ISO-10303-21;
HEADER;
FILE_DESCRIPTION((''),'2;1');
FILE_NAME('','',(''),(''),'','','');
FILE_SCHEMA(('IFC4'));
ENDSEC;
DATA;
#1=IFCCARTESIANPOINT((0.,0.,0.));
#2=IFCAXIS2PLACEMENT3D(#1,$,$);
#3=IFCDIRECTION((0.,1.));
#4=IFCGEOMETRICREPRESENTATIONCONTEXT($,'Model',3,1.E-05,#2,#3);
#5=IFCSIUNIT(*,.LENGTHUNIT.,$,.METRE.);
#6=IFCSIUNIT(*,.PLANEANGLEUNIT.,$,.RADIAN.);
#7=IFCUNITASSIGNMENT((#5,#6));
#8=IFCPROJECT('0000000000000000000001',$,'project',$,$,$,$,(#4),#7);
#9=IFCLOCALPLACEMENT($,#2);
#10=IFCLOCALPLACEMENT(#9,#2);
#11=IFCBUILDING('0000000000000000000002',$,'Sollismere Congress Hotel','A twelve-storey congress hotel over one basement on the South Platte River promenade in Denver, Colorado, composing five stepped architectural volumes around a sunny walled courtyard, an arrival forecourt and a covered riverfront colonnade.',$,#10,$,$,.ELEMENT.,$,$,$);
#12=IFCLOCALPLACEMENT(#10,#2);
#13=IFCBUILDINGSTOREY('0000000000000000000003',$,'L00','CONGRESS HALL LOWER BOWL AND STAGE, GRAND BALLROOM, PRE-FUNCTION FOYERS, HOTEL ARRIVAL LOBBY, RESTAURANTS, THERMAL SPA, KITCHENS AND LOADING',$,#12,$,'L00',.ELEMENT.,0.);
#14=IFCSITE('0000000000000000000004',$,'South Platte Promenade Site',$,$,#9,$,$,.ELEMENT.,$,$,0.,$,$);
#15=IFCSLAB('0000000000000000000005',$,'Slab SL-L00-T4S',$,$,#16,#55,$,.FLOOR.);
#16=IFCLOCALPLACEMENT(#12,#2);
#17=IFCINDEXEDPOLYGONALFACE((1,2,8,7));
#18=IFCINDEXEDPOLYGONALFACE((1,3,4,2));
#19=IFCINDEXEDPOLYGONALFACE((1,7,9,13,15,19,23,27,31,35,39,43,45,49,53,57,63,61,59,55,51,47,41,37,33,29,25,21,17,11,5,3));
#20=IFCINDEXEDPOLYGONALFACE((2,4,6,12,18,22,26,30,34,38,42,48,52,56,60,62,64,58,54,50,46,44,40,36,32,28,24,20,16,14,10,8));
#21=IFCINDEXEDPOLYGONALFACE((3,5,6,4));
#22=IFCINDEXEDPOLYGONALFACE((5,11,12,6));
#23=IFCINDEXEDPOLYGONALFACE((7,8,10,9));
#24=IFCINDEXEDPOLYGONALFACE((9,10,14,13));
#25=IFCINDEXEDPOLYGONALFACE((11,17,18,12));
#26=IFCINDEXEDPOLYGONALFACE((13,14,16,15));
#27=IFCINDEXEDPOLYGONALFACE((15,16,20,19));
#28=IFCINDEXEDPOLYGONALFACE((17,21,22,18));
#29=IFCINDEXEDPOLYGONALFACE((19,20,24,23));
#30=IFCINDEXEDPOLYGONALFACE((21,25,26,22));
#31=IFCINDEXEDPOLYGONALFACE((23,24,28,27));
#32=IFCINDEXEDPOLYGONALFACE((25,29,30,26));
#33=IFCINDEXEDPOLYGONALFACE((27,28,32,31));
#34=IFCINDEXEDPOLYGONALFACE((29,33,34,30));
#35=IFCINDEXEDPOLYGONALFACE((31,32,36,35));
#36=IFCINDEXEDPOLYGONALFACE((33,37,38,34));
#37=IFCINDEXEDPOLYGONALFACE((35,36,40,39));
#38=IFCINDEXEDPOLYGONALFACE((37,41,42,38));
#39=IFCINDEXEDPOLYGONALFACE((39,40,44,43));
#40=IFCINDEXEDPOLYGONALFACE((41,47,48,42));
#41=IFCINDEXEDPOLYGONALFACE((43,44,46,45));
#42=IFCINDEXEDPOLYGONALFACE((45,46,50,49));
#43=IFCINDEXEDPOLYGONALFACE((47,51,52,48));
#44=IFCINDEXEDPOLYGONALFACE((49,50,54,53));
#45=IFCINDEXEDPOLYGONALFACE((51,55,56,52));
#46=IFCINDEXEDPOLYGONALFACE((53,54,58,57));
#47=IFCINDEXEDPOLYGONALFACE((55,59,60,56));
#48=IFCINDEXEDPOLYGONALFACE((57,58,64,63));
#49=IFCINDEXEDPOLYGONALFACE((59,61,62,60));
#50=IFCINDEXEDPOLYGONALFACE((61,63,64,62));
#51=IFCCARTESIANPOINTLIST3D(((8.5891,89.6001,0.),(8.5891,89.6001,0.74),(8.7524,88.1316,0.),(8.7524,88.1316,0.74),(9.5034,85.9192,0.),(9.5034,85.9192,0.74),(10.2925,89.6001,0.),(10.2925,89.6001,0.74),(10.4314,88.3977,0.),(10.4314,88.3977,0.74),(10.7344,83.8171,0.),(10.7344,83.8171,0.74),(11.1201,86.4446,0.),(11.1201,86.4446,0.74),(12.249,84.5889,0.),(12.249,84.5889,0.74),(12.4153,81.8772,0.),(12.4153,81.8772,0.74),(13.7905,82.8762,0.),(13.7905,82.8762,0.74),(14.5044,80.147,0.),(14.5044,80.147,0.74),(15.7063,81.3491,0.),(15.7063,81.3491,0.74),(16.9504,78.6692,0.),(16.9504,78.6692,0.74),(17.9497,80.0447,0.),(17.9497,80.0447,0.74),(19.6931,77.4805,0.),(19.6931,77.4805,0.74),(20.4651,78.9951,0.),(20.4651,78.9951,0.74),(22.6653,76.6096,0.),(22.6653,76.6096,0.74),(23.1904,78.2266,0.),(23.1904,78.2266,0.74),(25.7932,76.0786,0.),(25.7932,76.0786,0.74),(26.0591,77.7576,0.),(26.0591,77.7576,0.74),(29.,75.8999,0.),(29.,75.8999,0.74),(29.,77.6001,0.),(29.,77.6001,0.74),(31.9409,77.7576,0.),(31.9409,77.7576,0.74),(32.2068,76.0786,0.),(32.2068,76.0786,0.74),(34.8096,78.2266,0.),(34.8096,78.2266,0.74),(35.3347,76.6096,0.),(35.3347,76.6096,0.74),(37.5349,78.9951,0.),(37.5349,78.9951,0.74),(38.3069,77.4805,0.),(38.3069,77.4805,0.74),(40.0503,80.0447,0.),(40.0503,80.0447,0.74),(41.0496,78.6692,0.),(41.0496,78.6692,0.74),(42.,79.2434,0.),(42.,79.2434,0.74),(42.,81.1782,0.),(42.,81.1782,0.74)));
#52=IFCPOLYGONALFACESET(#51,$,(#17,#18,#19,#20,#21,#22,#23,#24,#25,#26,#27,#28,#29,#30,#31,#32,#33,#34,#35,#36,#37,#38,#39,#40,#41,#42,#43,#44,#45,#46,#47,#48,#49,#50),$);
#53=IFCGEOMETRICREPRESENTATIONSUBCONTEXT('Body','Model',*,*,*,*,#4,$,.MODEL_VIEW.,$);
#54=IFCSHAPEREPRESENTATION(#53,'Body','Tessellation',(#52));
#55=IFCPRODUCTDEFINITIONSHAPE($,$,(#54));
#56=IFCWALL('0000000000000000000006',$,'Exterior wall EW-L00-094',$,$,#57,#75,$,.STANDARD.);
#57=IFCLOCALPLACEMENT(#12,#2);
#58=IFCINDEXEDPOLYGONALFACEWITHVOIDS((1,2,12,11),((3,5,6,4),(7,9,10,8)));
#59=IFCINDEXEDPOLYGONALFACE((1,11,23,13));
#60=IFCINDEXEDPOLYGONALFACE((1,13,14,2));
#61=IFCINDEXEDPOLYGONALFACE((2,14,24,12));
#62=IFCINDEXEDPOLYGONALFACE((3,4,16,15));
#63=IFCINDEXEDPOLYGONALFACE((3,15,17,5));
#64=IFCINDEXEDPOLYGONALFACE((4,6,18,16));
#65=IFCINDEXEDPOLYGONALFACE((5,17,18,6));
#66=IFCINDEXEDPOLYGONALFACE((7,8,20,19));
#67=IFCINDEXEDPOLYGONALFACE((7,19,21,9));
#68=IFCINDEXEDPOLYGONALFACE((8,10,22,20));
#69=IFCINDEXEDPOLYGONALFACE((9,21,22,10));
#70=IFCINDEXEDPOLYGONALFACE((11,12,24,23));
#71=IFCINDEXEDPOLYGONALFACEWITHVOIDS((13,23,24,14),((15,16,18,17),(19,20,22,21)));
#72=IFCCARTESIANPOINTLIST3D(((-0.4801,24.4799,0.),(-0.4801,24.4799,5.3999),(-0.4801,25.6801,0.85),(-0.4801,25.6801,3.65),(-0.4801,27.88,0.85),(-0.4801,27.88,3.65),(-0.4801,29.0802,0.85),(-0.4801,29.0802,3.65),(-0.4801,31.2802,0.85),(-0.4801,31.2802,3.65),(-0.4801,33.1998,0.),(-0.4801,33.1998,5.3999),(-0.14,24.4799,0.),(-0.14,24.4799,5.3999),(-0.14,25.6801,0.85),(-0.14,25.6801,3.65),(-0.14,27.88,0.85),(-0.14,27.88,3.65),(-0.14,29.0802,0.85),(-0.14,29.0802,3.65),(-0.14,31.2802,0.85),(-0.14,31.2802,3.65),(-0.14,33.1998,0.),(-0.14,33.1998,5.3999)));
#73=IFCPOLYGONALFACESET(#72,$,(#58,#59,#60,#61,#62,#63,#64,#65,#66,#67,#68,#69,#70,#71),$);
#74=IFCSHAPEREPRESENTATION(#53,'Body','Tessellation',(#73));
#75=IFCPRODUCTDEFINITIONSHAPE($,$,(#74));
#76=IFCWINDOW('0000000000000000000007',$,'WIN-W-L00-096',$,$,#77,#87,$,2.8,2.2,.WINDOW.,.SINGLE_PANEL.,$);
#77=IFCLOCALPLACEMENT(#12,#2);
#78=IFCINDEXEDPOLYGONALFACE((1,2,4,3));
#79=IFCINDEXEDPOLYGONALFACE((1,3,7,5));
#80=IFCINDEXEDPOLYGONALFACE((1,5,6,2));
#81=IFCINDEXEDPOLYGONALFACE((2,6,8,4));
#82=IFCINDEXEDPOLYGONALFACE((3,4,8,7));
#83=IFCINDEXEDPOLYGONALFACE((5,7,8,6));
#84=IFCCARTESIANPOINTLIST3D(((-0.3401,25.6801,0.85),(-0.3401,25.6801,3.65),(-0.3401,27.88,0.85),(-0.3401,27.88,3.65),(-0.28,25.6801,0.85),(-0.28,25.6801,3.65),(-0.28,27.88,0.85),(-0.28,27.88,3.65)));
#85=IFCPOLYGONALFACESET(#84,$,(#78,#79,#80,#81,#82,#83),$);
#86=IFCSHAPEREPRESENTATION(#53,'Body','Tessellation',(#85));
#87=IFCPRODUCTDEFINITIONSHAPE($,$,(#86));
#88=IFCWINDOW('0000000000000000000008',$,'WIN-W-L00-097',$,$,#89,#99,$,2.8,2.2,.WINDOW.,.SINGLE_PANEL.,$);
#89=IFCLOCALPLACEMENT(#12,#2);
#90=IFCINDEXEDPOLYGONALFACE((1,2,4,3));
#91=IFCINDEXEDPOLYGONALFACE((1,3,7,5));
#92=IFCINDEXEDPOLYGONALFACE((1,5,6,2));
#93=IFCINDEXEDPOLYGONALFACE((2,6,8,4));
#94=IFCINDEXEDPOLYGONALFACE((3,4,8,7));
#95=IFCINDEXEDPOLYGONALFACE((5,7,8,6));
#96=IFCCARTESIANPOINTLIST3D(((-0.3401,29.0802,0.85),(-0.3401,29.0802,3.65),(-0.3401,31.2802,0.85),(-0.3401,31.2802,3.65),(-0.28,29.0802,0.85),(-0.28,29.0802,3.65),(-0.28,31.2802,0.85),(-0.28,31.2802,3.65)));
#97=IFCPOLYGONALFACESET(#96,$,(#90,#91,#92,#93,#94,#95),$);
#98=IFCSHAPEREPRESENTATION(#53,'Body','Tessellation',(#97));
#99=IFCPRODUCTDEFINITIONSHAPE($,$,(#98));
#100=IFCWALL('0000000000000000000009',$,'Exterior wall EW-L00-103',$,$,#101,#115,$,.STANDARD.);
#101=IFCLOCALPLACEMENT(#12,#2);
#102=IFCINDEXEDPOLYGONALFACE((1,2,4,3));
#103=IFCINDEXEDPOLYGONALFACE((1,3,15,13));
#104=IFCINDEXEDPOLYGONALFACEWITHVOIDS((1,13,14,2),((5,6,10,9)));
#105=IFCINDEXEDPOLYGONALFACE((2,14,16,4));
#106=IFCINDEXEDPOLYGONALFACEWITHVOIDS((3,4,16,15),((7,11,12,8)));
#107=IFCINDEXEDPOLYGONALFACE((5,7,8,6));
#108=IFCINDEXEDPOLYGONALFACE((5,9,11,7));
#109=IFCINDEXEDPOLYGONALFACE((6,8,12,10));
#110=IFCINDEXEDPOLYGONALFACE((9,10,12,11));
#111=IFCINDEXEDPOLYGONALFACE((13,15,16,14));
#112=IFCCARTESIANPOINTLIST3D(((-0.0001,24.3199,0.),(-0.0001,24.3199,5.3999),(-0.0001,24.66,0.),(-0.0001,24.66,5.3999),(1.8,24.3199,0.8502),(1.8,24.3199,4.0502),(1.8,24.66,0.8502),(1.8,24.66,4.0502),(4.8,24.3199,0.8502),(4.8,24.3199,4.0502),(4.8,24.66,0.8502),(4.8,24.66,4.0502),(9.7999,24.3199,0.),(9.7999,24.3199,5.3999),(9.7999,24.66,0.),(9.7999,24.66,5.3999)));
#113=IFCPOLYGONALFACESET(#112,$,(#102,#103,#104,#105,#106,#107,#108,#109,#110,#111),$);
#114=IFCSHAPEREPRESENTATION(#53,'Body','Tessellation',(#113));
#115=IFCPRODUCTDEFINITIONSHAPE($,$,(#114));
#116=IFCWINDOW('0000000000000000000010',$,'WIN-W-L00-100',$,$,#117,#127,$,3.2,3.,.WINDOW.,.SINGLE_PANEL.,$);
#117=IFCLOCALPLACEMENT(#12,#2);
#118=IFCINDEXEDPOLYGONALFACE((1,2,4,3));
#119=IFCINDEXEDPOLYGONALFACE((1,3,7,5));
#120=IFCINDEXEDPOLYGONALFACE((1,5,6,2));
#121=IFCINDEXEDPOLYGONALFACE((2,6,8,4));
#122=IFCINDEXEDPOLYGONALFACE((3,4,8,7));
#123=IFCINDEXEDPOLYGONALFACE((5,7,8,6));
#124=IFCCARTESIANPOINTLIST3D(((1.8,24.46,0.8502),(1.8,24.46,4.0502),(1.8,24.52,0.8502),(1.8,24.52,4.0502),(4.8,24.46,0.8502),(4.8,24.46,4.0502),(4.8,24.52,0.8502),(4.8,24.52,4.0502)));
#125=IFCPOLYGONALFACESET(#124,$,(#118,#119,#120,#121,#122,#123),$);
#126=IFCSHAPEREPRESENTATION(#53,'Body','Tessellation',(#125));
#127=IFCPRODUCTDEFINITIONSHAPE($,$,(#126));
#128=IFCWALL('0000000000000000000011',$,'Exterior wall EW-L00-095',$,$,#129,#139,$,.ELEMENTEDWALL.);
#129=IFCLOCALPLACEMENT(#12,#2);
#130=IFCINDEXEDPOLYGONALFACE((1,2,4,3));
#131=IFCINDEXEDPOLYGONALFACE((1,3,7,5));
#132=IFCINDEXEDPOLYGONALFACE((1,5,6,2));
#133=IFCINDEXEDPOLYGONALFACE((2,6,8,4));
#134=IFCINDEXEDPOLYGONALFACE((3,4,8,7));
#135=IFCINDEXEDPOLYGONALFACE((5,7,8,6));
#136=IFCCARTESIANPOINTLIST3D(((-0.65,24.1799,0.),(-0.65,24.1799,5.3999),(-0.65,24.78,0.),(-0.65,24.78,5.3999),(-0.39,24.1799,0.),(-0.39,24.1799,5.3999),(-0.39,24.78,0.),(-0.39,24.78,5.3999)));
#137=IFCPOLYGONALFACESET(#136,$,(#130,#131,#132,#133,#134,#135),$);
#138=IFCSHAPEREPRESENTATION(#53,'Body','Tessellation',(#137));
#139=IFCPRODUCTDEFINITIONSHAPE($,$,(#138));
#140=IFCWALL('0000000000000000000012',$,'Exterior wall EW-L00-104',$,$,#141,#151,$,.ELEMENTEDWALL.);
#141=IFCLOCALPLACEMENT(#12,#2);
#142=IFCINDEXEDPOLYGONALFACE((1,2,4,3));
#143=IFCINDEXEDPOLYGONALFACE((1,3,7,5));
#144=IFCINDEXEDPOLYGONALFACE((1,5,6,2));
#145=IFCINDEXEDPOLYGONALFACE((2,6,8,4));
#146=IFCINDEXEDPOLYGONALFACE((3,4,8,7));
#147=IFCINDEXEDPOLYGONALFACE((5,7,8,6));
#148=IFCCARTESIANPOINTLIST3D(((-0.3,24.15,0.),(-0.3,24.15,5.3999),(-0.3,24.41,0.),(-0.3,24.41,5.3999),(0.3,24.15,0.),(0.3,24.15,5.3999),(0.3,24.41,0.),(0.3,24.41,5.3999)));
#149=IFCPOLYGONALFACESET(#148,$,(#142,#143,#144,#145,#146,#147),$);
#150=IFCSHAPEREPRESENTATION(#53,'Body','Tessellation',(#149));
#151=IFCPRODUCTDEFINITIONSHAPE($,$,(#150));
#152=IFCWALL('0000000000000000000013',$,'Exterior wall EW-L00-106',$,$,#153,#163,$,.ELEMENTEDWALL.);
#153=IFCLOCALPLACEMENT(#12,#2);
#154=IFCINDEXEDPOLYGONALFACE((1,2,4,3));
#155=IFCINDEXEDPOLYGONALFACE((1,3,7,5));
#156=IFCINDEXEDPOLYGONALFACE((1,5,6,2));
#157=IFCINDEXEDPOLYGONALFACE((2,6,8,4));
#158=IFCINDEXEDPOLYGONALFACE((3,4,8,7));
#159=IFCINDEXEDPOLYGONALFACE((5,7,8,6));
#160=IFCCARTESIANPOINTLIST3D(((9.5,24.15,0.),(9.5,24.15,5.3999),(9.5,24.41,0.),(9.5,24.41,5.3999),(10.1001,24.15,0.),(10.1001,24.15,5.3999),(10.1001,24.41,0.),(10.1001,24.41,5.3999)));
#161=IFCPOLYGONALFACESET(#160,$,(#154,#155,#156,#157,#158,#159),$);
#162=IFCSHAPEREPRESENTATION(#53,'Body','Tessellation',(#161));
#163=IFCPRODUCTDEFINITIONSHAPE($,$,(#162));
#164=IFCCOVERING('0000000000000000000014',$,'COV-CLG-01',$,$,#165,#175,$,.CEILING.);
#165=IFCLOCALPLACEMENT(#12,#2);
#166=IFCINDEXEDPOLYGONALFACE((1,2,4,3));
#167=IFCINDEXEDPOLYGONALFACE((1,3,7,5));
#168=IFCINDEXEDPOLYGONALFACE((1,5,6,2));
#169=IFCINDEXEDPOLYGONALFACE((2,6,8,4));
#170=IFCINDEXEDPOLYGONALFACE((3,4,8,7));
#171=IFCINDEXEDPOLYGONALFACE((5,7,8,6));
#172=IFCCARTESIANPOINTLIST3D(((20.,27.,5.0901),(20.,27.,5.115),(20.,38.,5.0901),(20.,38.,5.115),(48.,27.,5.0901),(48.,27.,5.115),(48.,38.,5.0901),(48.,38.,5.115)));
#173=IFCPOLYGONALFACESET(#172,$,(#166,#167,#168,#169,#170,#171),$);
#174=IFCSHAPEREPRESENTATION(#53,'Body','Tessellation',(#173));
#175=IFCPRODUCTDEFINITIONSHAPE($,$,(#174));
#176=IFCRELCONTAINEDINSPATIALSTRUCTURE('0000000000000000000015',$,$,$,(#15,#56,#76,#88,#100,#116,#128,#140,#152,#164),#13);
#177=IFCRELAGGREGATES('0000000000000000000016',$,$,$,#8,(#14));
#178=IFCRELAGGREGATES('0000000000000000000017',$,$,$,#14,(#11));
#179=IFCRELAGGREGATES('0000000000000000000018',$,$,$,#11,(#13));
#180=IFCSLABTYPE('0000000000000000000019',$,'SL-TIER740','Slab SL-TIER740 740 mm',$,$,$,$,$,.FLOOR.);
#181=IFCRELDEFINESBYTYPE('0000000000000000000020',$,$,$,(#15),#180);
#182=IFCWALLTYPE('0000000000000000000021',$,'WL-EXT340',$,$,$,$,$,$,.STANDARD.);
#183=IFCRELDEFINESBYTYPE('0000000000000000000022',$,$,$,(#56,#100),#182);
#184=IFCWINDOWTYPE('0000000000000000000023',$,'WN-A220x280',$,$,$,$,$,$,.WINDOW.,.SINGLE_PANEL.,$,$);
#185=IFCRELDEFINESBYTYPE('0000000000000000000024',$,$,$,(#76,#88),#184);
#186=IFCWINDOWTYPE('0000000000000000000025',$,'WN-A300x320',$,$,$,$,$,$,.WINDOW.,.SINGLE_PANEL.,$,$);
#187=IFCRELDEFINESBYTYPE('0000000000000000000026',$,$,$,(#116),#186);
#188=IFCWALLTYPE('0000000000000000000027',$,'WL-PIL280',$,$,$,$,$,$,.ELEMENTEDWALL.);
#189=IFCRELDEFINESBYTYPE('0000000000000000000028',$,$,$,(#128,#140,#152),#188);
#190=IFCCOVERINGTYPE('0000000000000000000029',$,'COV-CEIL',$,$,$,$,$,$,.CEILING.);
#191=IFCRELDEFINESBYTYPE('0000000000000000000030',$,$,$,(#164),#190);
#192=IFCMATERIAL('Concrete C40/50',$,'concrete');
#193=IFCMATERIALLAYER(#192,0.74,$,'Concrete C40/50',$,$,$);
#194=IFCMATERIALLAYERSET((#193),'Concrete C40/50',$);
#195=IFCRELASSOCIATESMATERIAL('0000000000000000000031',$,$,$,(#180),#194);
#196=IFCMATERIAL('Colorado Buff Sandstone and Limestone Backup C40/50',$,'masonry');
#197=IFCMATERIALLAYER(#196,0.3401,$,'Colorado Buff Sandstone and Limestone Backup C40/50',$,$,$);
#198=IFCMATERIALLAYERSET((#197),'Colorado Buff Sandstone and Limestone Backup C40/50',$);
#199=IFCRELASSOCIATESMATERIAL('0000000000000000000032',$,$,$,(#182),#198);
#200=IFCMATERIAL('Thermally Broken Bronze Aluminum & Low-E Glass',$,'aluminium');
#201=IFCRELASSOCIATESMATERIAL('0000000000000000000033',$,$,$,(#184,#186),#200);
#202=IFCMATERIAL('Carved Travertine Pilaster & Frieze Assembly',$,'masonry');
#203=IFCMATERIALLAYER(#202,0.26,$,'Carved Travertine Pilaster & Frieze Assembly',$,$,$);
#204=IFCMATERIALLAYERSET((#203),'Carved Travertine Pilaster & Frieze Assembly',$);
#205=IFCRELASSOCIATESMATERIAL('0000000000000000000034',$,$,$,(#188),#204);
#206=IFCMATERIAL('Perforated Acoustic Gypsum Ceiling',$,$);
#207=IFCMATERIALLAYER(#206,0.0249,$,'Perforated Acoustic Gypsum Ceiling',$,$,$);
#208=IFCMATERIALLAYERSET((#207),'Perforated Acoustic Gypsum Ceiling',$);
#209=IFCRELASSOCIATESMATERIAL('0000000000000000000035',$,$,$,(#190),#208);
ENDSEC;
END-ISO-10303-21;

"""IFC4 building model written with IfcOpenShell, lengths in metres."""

from ifc_helpers import new_model, si_unit, direction, frame, frame_2d, origin, place, context, subcontext, project, spatial, polyline, rectangle, outline, extrude, material, layer, layer_set, type_object, element, fill, save


model = new_model("IFC4")

# Units and contexts
model_context = context("Model", 3, precision=1e-05, world=origin(), true_north=direction((0.0, 1.0)))
body_context = subcontext(model_context, "Body", "Model", "MODEL_VIEW")
ifc_project = project(units=[si_unit("LENGTHUNIT", "METRE"), si_unit("PLANEANGLEUNIT", "RADIAN")], contexts=[model_context])

# Site, building, storey
site_placement = place(None, origin())
site = spatial("IfcSite", under=ifc_project, at=site_placement, Name="South Platte Promenade Site", CompositionType="ELEMENT", RefElevation=0.0)
building_placement = place(site_placement, origin())
building = spatial("IfcBuilding", under=site, at=building_placement, Name="Sollismere Congress Hotel", Description="A twelve-storey congress hotel over one basement on the South Platte River promenade in Denver, Colorado, composing five stepped architectural volumes around a sunny walled courtyard, an arrival forecourt and a covered riverfront colonnade.", CompositionType="ELEMENT")
storey_placement = place(building_placement, origin())
storey = spatial("IfcBuildingStorey", under=building, at=storey_placement, Name="L00", Description="CONGRESS HALL LOWER BOWL AND STAGE, GRAND BALLROOM, PRE-FUNCTION FOYERS, HOTEL ARRIVAL LOBBY, RESTAURANTS, THERMAL SPA, KITCHENS AND LOADING", LongName="L00", CompositionType="ELEMENT", Elevation=0.0)

# Shared definitions
ifc_material_1 = material(Name="Concrete C40/50", Category="concrete")

# Slab
ifc_layer_1 = layer(ifc_material_1, 0.74, Name="Concrete C40/50")
ifc_layer_set_1 = layer_set([ifc_layer_1], Name="Concrete C40/50")
slab_type_1 = type_object("IfcSlabType", Name="SL-TIER740", Description="Slab SL-TIER740 740 mm", PredefinedType="FLOOR", material=ifc_layer_set_1)
slab_1_placement = place(storey_placement, origin())
element("IfcSlab", 1, at=slab_1_placement, inside=storey, type_object=slab_type_1, Name="Slab SL-L00-T4S", PredefinedType="FLOOR", context=body_context, shape_type="SweptSolid", body=[
    extrude(outline(polyline([(42.0, 79.2434), (42.0, 81.1782), (40.0503, 80.0447), (37.5349, 78.9951), (34.8096, 78.2266), (31.9409, 77.7576), (29.0, 77.6001), (26.0591, 77.7576), (23.1904, 78.2266), (20.4651, 78.9951), (17.9497, 80.0447), (15.7063, 81.3491), (13.7905, 82.8762), (12.249, 84.5889), (11.1201, 86.4446), (10.4314, 88.3977), (10.2925, 89.6001), (8.5891, 89.6001), (8.7524, 88.1316), (9.5034, 85.9192), (10.7344, 83.8171), (12.4153, 81.8772), (14.5044, 80.147), (16.9504, 78.6692), (19.6931, 77.4805), (22.6653, 76.6096), (25.7932, 76.0786), (29.0, 75.8999), (32.2068, 76.0786), (35.3347, 76.6096), (38.3069, 77.4805), (41.0496, 78.6692), (42.0, 79.2434)])), origin(), (0.0, 0.0, 1.0), 0.74),
])

# Wall, openings, windows
ifc_material_2 = material(Name="Colorado Buff Sandstone and Limestone Backup C40/50", Category="masonry")
ifc_layer_2 = layer(ifc_material_2, 0.3401, Name="Colorado Buff Sandstone and Limestone Backup C40/50")
ifc_layer_set_2 = layer_set([ifc_layer_2], Name="Colorado Buff Sandstone and Limestone Backup C40/50")
wall_type_1 = type_object("IfcWallType", Name="WL-EXT340", PredefinedType="STANDARD", material=ifc_layer_set_2)
wall_1_placement = place(storey_placement, frame((-0.3101, 24.48, 0.0), z_axis=(0.0, 0.0, 1.0), x_axis=(0.0, 1.0, 0.0)))
wall_1 = element("IfcWall", 2, at=wall_1_placement, inside=storey, type_object=wall_type_1, Name="Exterior wall EW-L00-094", PredefinedType="STANDARD", context=body_context, shape_type="SweptSolid", body=[
    extrude(rectangle(XDim=8.72, YDim=0.3401, at=frame_2d((4.3599, 0.0))), origin(), (0.0, 0.0, 1.0), 5.3999),
])
opening_1_placement = place(wall_1_placement, frame((1.2, 0.0, 0.8501)))
opening_1 = element("IfcOpeningElement", 3, at=opening_1_placement, cuts=wall_1, PredefinedType="OPENING", context=body_context, shape_type="SweptSolid", body=[
    extrude(rectangle(XDim=2.2, YDim=2.8, at=frame_2d((1.1001, 1.3999))), frame((0.0, 0.1799, 0.0), z_axis=(0.0, -1.0, 0.0), x_axis=(1.0, 0.0, 0.0)), (0.0, 0.0, 1.0), 0.3601),
])
opening_2_placement = place(wall_1_placement, frame((4.6001, 0.0, 0.8501)))
opening_2 = element("IfcOpeningElement", 4, at=opening_2_placement, cuts=wall_1, PredefinedType="OPENING", context=body_context, shape_type="SweptSolid", body=[
    extrude(rectangle(XDim=2.2, YDim=2.8, at=frame_2d((1.1001, 1.3999))), frame((0.0, 0.1799, 0.0), z_axis=(0.0, -1.0, 0.0), x_axis=(1.0, 0.0, 0.0)), (0.0, 0.0, 1.0), 0.3601),
])
ifc_material_3 = material(Name="Thermally Broken Bronze Aluminum & Low-E Glass", Category="aluminium")
window_type_1 = type_object("IfcWindowType", Name="WN-A220x280", PartitioningType="SINGLE_PANEL", PredefinedType="WINDOW", material=ifc_material_3)
window_1_placement = place(opening_1_placement, origin())
window_1 = element("IfcWindow", 5, at=window_1_placement, inside=storey, type_object=window_type_1, Name="WIN-W-L00-096", OverallHeight=2.8, OverallWidth=2.2, PartitioningType="SINGLE_PANEL", PredefinedType="WINDOW", context=body_context, shape_type="SweptSolid", body=[
    extrude(rectangle(XDim=2.2, YDim=2.8, at=frame_2d((1.1001, 1.3999))), frame((0.0, 0.03, 0.0), z_axis=(0.0, -1.0, 0.0), x_axis=(1.0, 0.0, 0.0)), (0.0, 0.0, 1.0), 0.0601),
])
fill(opening_1, window_1)
window_2_placement = place(opening_2_placement, origin())
window_2 = element("IfcWindow", 6, at=window_2_placement, inside=storey, type_object=window_type_1, Name="WIN-W-L00-097", OverallHeight=2.8, OverallWidth=2.2, PartitioningType="SINGLE_PANEL", PredefinedType="WINDOW", context=body_context, shape_type="SweptSolid", body=[
    extrude(rectangle(XDim=2.2, YDim=2.8, at=frame_2d((1.1001, 1.3999))), frame((0.0, 0.03, 0.0), z_axis=(0.0, -1.0, 0.0), x_axis=(1.0, 0.0, 0.0)), (0.0, 0.0, 1.0), 0.0601),
])
fill(opening_2, window_2)

# Wall, opening, window
wall_2_placement = place(storey_placement, frame((0.0, 24.49, 0.0), z_axis=(0.0, 0.0, 1.0), x_axis=(1.0, 0.0, 0.0)))
wall_2 = element("IfcWall", 7, at=wall_2_placement, inside=storey, type_object=wall_type_1, Name="Exterior wall EW-L00-103", PredefinedType="STANDARD", context=body_context, shape_type="SweptSolid", body=[
    extrude(rectangle(XDim=9.8, YDim=0.3401, at=frame_2d((4.8999, 0.0))), origin(), (0.0, 0.0, 1.0), 5.3999),
])
opening_3_placement = place(wall_2_placement, frame((1.8, 0.0, 0.8501)))
opening_3 = element("IfcOpeningElement", 8, at=opening_3_placement, cuts=wall_2, PredefinedType="OPENING", context=body_context, shape_type="SweptSolid", body=[
    extrude(rectangle(XDim=3.0, YDim=3.2, at=frame_2d((1.5, 1.6001))), frame((0.0, 0.1799, 0.0), z_axis=(0.0, -1.0, 0.0), x_axis=(1.0, 0.0, 0.0)), (0.0, 0.0, 1.0), 0.3601),
])
window_type_2 = type_object("IfcWindowType", Name="WN-A300x320", PartitioningType="SINGLE_PANEL", PredefinedType="WINDOW", material=ifc_material_3)
window_3_placement = place(opening_3_placement, origin())
window_3 = element("IfcWindow", 9, at=window_3_placement, inside=storey, type_object=window_type_2, Name="WIN-W-L00-100", OverallHeight=3.2, OverallWidth=3.0, PartitioningType="SINGLE_PANEL", PredefinedType="WINDOW", context=body_context, shape_type="SweptSolid", body=[
    extrude(rectangle(XDim=3.0, YDim=3.2, at=frame_2d((1.5, 1.6001))), frame((0.0, 0.03, 0.0), z_axis=(0.0, -1.0, 0.0), x_axis=(1.0, 0.0, 0.0)), (0.0, 0.0, 1.0), 0.0601),
])
fill(opening_3, window_3)

# Walls
ifc_material_4 = material(Name="Carved Travertine Pilaster & Frieze Assembly", Category="masonry")
ifc_layer_3 = layer(ifc_material_4, 0.26, Name="Carved Travertine Pilaster & Frieze Assembly")
ifc_layer_set_3 = layer_set([ifc_layer_3], Name="Carved Travertine Pilaster & Frieze Assembly")
wall_type_2 = type_object("IfcWallType", Name="WL-PIL280", PredefinedType="ELEMENTEDWALL", material=ifc_layer_set_3)
for number, where, z_axis, x_axis, name in (
    (10, (-0.52, 24.1799, 0.0), (0.0, 0.0, 1.0), (0.0, 1.0, 0.0), "Exterior wall EW-L00-095"),
    (11, (-0.3, 24.28, 0.0), (0.0, 0.0, 1.0), (1.0, 0.0, 0.0), "Exterior wall EW-L00-104"),
    (12, (9.5, 24.28, 0.0), (0.0, 0.0, 1.0), (1.0, 0.0, 0.0), "Exterior wall EW-L00-106"),
):
    element("IfcWall", number, at=place(storey_placement, frame(where, z_axis=z_axis, x_axis=x_axis)), inside=storey, type_object=wall_type_2, Name=name, PredefinedType="ELEMENTEDWALL", context=body_context, shape_type="SweptSolid", body=[
        extrude(rectangle(XDim=0.6001, YDim=0.26, at=frame_2d((0.3, 0.0))), origin(), (0.0, 0.0, 1.0), 5.3999),
    ])

# Covering
ifc_material_5 = material(Name="Perforated Acoustic Gypsum Ceiling")
ifc_layer_4 = layer(ifc_material_5, 0.0249, Name="Perforated Acoustic Gypsum Ceiling")
ifc_layer_set_4 = layer_set([ifc_layer_4], Name="Perforated Acoustic Gypsum Ceiling")
covering_type_1 = type_object("IfcCoveringType", Name="COV-CEIL", PredefinedType="CEILING", material=ifc_layer_set_4)
covering_1_placement = place(storey_placement, frame((0.0, 0.0, 5.0901)))
element("IfcCovering", 13, at=covering_1_placement, inside=storey, type_object=covering_type_1, Name="COV-CLG-01", PredefinedType="CEILING", context=body_context, shape_type="SweptSolid", body=[
    extrude(outline(polyline([(20.0, 27.0), (48.0, 27.0), (48.0, 38.0), (20.0, 38.0), (20.0, 27.0)])), origin(), (0.0, 0.0, 1.0), 0.0249),
])

save(model, "model.ifc")
